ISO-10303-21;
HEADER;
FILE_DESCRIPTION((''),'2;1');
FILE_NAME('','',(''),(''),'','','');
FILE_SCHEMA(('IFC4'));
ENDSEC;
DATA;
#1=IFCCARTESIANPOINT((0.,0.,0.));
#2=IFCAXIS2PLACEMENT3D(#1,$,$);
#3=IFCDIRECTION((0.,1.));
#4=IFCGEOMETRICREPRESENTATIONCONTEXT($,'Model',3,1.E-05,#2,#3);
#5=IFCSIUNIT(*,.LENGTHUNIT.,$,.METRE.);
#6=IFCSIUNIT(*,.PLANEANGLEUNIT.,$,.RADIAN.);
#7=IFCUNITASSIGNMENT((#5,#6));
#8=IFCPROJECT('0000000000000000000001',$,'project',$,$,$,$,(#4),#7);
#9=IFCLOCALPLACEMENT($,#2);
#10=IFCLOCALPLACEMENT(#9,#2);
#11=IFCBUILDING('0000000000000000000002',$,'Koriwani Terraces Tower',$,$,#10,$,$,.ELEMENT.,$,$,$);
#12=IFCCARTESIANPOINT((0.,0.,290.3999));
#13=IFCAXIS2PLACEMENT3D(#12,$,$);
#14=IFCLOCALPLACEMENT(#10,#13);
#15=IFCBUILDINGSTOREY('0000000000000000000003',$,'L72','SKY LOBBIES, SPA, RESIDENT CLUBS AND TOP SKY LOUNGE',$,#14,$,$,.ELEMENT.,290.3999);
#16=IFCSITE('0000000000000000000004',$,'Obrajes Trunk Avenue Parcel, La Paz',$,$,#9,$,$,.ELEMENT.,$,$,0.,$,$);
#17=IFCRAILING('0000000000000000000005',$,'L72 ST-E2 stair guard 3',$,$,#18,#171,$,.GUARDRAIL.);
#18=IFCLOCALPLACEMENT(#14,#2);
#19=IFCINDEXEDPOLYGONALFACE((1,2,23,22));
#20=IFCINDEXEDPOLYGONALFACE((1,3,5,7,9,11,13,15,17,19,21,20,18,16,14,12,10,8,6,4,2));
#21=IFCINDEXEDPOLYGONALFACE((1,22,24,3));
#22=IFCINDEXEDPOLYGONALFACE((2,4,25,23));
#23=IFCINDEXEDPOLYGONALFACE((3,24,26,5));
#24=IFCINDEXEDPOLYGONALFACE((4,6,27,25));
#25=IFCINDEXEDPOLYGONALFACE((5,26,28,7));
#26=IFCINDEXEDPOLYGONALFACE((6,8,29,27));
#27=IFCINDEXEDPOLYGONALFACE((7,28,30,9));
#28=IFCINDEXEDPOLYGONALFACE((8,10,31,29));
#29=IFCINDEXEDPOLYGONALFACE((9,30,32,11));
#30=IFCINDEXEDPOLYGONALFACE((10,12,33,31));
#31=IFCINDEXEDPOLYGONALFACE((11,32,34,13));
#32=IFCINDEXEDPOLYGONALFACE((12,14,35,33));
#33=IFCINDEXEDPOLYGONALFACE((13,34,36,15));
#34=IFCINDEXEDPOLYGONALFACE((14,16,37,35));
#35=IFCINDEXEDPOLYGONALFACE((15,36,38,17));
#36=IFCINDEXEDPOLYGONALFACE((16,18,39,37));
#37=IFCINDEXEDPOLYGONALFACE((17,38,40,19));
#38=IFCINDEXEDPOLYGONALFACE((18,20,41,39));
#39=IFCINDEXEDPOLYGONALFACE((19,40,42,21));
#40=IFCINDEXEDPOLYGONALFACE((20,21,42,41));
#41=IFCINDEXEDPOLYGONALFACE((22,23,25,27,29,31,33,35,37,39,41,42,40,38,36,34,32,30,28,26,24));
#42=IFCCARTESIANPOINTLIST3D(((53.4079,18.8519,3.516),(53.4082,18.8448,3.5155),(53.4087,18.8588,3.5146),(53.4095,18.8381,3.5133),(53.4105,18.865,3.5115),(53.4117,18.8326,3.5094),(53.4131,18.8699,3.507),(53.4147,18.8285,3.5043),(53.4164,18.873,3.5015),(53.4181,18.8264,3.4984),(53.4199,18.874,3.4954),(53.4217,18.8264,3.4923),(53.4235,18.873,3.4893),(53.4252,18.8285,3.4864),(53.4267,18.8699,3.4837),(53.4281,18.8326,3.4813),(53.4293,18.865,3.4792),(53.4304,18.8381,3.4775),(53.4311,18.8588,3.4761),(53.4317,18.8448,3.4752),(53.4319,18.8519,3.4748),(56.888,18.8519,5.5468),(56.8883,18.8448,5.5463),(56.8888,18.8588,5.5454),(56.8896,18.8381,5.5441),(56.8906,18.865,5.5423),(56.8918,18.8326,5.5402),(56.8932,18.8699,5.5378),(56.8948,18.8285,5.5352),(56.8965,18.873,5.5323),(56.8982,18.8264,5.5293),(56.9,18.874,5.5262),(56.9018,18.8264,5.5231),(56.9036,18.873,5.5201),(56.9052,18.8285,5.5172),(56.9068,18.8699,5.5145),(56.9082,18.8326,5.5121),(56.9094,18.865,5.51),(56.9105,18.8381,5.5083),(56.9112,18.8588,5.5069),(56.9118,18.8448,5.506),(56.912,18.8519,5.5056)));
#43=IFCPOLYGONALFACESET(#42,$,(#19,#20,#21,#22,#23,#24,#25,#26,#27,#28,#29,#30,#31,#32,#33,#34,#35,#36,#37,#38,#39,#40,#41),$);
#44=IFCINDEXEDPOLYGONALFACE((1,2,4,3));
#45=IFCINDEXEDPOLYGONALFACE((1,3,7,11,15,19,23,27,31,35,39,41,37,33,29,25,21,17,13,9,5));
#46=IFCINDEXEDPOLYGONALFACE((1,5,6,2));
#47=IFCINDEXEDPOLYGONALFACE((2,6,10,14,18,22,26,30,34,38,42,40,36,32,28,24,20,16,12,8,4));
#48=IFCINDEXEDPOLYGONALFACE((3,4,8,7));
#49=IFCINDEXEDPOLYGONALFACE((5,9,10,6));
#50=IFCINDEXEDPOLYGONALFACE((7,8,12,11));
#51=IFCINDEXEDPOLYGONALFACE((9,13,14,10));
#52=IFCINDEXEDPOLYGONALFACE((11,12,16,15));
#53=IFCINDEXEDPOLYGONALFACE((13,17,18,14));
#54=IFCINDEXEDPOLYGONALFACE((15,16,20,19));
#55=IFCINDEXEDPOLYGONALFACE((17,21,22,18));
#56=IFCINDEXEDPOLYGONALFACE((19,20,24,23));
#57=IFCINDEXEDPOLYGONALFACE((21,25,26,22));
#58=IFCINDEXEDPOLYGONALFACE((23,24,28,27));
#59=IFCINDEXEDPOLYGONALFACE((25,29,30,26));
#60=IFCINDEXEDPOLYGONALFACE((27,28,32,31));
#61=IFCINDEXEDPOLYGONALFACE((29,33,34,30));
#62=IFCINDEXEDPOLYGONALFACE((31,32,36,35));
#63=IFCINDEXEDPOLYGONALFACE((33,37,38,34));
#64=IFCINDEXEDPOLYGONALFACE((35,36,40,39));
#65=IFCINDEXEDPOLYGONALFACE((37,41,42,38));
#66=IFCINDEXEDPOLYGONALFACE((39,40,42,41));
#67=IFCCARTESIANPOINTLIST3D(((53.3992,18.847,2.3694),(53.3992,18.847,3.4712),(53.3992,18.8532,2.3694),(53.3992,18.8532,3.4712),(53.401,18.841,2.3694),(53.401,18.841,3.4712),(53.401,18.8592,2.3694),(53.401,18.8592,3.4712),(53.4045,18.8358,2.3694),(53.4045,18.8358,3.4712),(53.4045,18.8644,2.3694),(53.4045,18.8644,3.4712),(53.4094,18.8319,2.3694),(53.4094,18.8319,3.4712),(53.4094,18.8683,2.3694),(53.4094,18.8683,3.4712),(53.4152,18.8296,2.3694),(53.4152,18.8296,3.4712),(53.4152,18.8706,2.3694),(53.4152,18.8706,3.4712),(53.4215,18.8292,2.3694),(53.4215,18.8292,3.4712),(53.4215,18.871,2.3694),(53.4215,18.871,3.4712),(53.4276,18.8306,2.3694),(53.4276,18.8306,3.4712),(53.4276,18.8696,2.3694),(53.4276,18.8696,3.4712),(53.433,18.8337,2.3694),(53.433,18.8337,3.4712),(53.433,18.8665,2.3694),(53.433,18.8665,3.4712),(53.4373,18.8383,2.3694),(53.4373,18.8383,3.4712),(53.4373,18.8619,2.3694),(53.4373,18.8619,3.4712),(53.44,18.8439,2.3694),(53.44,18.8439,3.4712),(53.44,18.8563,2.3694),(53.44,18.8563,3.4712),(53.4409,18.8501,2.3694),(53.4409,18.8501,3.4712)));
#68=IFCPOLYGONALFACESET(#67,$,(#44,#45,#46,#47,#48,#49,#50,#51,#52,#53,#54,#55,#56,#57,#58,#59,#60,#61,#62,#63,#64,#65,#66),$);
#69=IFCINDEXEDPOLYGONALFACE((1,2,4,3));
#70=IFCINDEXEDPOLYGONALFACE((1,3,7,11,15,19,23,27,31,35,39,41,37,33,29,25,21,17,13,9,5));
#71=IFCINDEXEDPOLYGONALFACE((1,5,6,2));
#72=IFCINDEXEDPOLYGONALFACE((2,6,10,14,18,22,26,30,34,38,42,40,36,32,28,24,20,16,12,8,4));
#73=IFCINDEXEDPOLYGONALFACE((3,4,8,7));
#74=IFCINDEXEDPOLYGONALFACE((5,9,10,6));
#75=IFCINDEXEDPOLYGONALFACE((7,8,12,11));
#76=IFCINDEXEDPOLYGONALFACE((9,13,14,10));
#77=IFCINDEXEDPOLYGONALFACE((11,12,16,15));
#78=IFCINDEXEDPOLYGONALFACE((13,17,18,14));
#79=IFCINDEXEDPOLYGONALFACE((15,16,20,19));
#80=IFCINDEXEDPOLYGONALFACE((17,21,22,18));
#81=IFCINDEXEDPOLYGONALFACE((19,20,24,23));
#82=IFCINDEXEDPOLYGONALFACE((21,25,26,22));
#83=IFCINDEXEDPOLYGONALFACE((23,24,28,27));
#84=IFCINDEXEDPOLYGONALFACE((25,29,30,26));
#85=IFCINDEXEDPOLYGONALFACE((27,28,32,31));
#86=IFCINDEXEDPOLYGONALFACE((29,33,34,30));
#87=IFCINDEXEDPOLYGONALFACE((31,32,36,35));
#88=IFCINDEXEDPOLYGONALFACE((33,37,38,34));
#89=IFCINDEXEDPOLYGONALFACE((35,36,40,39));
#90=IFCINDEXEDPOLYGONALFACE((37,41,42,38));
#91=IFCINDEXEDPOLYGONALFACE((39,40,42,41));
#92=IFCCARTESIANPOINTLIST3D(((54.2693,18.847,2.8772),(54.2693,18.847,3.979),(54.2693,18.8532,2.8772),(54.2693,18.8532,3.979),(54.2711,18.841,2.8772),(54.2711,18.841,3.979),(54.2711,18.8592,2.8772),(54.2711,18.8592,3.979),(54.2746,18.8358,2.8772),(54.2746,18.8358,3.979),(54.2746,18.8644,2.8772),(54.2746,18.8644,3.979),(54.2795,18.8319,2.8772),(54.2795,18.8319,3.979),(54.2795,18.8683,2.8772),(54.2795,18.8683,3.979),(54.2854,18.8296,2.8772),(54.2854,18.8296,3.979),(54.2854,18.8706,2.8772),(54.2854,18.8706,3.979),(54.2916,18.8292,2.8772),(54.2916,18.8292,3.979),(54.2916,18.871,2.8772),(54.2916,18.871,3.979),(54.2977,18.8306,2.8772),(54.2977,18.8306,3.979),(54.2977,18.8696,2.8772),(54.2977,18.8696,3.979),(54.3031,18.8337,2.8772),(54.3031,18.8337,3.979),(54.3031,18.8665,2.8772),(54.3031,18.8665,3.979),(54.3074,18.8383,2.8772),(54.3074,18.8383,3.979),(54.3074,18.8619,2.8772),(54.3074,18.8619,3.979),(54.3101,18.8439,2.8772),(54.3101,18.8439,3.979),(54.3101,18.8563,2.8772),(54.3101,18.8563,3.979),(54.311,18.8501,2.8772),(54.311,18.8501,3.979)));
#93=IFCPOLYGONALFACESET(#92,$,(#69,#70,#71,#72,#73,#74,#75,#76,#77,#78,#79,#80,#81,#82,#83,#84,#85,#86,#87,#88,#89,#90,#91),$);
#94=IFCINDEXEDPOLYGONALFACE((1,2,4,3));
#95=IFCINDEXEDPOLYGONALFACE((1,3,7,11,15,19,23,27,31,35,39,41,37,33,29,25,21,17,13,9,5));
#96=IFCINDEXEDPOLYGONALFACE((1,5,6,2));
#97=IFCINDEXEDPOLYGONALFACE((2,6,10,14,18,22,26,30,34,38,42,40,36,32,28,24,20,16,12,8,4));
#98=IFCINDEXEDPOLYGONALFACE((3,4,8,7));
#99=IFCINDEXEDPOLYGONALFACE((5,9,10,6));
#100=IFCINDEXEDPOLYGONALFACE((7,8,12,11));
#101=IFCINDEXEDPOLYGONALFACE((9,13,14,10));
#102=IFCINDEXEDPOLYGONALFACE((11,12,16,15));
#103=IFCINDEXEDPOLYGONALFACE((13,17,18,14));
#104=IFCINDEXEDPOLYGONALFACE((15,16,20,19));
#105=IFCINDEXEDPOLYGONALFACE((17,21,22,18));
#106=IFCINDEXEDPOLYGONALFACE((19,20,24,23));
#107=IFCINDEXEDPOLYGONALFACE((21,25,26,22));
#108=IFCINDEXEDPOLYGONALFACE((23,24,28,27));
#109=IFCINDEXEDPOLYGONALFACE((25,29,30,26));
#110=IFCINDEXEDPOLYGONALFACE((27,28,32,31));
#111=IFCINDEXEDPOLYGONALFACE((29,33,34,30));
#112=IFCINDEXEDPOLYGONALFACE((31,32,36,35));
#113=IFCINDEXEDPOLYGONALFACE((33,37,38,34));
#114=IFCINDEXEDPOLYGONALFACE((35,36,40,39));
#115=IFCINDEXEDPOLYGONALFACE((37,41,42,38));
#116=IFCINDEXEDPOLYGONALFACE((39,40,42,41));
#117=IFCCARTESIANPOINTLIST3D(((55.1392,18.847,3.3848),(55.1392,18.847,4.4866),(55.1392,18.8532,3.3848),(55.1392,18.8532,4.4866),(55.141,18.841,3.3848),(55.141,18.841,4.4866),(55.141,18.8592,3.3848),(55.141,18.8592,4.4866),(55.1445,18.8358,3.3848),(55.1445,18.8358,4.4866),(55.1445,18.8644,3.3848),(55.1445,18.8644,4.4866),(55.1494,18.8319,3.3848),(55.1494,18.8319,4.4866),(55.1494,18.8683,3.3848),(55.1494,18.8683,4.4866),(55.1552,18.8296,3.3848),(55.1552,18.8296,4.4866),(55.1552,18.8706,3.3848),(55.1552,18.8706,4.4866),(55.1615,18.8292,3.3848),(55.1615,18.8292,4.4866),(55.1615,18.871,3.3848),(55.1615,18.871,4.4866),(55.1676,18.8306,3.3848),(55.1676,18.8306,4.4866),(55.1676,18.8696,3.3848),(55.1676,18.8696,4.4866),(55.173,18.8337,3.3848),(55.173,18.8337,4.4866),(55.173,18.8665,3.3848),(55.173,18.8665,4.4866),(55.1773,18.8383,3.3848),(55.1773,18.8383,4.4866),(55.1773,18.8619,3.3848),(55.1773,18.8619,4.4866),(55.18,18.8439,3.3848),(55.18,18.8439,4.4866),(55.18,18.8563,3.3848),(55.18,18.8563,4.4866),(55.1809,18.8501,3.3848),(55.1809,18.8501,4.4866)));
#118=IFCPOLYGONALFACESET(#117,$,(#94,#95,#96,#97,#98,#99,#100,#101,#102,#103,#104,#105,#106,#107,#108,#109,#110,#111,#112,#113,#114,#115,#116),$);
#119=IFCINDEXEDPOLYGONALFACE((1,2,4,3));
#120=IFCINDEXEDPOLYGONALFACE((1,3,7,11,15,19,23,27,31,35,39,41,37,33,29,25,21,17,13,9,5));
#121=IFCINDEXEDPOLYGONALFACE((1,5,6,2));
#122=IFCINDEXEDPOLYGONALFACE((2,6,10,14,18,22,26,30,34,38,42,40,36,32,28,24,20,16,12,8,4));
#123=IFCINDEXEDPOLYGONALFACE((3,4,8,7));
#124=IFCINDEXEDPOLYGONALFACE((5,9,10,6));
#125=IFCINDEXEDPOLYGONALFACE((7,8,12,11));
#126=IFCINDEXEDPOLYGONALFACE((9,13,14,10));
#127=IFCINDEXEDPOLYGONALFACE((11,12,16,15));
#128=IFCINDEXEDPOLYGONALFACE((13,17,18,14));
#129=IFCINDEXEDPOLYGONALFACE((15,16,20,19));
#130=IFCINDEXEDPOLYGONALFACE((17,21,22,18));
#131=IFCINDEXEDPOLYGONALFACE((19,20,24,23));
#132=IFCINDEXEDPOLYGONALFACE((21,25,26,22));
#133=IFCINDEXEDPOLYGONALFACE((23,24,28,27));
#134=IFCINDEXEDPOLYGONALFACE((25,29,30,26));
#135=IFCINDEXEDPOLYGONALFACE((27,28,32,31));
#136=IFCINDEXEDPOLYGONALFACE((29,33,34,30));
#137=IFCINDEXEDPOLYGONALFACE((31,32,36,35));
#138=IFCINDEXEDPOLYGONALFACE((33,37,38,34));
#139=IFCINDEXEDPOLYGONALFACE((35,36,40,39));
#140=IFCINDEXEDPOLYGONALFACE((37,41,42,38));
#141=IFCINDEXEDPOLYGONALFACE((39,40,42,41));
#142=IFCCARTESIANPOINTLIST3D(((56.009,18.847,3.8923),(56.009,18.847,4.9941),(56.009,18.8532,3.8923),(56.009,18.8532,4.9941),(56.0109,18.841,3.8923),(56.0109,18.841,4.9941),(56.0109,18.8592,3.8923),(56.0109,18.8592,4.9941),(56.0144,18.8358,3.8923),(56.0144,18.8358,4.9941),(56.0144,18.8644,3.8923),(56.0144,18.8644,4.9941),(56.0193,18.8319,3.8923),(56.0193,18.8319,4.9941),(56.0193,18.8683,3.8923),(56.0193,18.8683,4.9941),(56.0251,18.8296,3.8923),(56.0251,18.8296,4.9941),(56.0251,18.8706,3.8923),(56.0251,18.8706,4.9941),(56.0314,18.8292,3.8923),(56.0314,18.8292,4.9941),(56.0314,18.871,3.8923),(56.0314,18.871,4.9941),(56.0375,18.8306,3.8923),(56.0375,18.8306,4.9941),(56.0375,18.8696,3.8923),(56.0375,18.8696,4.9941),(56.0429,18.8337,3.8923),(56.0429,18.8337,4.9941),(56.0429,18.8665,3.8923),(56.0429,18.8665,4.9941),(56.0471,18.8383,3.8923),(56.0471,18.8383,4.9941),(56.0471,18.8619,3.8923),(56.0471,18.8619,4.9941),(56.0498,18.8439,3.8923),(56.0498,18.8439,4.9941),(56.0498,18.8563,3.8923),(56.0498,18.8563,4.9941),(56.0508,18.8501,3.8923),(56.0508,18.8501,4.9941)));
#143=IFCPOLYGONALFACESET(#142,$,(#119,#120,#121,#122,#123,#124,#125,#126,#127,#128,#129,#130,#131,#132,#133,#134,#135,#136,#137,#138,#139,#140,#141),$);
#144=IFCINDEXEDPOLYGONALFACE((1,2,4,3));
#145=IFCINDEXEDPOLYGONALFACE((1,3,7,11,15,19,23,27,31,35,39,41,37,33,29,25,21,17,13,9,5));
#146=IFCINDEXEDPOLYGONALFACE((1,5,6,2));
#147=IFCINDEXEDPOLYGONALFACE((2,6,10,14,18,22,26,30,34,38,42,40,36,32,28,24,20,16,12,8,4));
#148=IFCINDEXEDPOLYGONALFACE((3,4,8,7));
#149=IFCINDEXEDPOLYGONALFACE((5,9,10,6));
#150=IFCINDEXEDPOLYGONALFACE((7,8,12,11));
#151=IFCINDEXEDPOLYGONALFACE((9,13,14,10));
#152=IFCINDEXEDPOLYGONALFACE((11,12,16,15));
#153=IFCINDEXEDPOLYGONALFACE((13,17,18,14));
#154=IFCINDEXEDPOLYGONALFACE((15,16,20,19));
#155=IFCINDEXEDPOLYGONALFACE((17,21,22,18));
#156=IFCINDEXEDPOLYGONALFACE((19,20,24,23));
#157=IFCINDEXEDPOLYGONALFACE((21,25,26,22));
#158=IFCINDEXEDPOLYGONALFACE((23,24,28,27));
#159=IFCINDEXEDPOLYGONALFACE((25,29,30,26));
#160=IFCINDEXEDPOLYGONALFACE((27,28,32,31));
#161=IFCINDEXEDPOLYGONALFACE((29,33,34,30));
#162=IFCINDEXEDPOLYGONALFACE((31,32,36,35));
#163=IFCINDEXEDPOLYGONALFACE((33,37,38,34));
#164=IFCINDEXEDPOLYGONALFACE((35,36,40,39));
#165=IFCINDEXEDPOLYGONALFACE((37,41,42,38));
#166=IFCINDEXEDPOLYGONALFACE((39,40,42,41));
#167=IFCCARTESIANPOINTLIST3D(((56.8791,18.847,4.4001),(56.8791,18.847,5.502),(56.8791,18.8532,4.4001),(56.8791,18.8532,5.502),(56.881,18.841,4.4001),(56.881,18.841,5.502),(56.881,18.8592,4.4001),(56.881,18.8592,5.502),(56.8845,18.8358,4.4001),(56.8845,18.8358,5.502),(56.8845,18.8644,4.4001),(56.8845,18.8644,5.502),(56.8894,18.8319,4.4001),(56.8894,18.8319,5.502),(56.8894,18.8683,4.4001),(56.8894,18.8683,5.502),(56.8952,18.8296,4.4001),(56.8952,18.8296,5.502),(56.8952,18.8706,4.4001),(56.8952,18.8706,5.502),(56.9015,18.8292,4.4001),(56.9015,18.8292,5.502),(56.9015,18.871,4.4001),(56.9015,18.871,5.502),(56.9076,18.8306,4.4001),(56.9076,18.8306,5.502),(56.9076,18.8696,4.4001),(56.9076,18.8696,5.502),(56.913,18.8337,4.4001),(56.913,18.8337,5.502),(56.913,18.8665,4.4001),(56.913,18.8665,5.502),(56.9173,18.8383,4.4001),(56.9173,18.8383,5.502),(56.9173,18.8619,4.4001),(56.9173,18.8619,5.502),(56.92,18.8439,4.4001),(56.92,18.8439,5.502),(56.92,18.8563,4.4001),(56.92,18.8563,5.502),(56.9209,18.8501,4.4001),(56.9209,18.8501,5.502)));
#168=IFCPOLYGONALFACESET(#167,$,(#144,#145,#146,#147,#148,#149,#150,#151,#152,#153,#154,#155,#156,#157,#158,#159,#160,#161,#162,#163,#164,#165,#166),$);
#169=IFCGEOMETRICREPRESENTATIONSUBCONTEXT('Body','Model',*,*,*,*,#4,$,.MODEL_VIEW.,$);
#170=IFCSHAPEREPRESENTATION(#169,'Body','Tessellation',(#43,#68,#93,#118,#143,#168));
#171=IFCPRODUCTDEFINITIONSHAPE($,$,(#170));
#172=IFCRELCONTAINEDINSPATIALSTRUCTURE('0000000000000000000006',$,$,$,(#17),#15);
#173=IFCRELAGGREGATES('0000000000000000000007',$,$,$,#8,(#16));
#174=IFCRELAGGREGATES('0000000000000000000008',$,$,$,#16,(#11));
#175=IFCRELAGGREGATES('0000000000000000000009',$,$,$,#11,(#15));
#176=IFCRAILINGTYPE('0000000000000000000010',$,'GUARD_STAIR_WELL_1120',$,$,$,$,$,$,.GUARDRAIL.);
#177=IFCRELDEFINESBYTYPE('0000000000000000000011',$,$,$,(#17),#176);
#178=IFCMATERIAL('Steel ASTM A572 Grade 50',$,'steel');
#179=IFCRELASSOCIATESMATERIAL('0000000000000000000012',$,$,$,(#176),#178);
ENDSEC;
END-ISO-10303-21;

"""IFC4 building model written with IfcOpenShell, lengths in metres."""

from ifc_helpers import new_model, si_unit, direction, frame, origin, origin_2d, place, context, subcontext, project, spatial, circle, extrude, material, type_object, element, save


model = new_model("IFC4")

# Units and contexts
model_context = context("Model", 3, precision=1e-05, world=origin(), true_north=direction((0.0, 1.0)))
body_context = subcontext(model_context, "Body", "Model", "MODEL_VIEW")
ifc_project = project(units=[si_unit("LENGTHUNIT", "METRE"), si_unit("PLANEANGLEUNIT", "RADIAN")], contexts=[model_context])

# Site, building, storey
site_placement = place(None, origin())
site = spatial("IfcSite", under=ifc_project, at=site_placement, Name="Obrajes Trunk Avenue Parcel, La Paz", CompositionType="ELEMENT", RefElevation=0.0)
building_placement = place(site_placement, origin())
building = spatial("IfcBuilding", under=site, at=building_placement, Name="Koriwani Terraces Tower", CompositionType="ELEMENT")
storey_placement = place(building_placement, frame((0.0, 0.0, 290.3999)))
storey = spatial("IfcBuildingStorey", under=building, at=storey_placement, Name="L72", Description="SKY LOBBIES, SPA, RESIDENT CLUBS AND TOP SKY LOUNGE", CompositionType="ELEMENT", Elevation=290.3999)

# Shared definitions
ifc_material_1 = material(Name="Steel ASTM A572 Grade 50", Category="steel")

# Railing
railing_type_1 = type_object("IfcRailingType", Name="GUARD_STAIR_WELL_1120", PredefinedType="GUARDRAIL", material=ifc_material_1)
railing_1_placement = place(storey_placement, frame((53.4199, 18.8501, 2.3694)))
element("IfcRailing", 1, at=railing_1_placement, inside=storey, type_object=railing_type_1, Name="L72 ST-E2 stair guard 3", PredefinedType="GUARDRAIL", context=body_context, shape_type="SweptSolid", body=[
    extrude(circle(Radius=0.0239, at=origin_2d()), frame((0.0, 0.0, 1.126), z_axis=(0.863695, 0.0, 0.504014), x_axis=(0.0, 1.0, 0.0)), (0.0, 0.0, 1.0), 4.0293),
    extrude(circle(Radius=0.021, at=origin_2d()), origin(), (0.0, 0.0, 1.0), 1.1018),
    extrude(circle(Radius=0.021, at=origin_2d()), frame((0.8701, 0.0, 0.5078)), (0.0, 0.0, 1.0), 1.1018),
    extrude(circle(Radius=0.021, at=origin_2d()), frame((1.74, 0.0, 1.0154)), (0.0, 0.0, 1.0), 1.1018),
    extrude(circle(Radius=0.021, at=origin_2d()), frame((2.6099, 0.0, 1.5229)), (0.0, 0.0, 1.0), 1.1018),
    extrude(circle(Radius=0.021, at=origin_2d()), frame((3.48, 0.0, 2.0308)), (0.0, 0.0, 1.0), 1.1018),
])

save(model, "model.ifc")
